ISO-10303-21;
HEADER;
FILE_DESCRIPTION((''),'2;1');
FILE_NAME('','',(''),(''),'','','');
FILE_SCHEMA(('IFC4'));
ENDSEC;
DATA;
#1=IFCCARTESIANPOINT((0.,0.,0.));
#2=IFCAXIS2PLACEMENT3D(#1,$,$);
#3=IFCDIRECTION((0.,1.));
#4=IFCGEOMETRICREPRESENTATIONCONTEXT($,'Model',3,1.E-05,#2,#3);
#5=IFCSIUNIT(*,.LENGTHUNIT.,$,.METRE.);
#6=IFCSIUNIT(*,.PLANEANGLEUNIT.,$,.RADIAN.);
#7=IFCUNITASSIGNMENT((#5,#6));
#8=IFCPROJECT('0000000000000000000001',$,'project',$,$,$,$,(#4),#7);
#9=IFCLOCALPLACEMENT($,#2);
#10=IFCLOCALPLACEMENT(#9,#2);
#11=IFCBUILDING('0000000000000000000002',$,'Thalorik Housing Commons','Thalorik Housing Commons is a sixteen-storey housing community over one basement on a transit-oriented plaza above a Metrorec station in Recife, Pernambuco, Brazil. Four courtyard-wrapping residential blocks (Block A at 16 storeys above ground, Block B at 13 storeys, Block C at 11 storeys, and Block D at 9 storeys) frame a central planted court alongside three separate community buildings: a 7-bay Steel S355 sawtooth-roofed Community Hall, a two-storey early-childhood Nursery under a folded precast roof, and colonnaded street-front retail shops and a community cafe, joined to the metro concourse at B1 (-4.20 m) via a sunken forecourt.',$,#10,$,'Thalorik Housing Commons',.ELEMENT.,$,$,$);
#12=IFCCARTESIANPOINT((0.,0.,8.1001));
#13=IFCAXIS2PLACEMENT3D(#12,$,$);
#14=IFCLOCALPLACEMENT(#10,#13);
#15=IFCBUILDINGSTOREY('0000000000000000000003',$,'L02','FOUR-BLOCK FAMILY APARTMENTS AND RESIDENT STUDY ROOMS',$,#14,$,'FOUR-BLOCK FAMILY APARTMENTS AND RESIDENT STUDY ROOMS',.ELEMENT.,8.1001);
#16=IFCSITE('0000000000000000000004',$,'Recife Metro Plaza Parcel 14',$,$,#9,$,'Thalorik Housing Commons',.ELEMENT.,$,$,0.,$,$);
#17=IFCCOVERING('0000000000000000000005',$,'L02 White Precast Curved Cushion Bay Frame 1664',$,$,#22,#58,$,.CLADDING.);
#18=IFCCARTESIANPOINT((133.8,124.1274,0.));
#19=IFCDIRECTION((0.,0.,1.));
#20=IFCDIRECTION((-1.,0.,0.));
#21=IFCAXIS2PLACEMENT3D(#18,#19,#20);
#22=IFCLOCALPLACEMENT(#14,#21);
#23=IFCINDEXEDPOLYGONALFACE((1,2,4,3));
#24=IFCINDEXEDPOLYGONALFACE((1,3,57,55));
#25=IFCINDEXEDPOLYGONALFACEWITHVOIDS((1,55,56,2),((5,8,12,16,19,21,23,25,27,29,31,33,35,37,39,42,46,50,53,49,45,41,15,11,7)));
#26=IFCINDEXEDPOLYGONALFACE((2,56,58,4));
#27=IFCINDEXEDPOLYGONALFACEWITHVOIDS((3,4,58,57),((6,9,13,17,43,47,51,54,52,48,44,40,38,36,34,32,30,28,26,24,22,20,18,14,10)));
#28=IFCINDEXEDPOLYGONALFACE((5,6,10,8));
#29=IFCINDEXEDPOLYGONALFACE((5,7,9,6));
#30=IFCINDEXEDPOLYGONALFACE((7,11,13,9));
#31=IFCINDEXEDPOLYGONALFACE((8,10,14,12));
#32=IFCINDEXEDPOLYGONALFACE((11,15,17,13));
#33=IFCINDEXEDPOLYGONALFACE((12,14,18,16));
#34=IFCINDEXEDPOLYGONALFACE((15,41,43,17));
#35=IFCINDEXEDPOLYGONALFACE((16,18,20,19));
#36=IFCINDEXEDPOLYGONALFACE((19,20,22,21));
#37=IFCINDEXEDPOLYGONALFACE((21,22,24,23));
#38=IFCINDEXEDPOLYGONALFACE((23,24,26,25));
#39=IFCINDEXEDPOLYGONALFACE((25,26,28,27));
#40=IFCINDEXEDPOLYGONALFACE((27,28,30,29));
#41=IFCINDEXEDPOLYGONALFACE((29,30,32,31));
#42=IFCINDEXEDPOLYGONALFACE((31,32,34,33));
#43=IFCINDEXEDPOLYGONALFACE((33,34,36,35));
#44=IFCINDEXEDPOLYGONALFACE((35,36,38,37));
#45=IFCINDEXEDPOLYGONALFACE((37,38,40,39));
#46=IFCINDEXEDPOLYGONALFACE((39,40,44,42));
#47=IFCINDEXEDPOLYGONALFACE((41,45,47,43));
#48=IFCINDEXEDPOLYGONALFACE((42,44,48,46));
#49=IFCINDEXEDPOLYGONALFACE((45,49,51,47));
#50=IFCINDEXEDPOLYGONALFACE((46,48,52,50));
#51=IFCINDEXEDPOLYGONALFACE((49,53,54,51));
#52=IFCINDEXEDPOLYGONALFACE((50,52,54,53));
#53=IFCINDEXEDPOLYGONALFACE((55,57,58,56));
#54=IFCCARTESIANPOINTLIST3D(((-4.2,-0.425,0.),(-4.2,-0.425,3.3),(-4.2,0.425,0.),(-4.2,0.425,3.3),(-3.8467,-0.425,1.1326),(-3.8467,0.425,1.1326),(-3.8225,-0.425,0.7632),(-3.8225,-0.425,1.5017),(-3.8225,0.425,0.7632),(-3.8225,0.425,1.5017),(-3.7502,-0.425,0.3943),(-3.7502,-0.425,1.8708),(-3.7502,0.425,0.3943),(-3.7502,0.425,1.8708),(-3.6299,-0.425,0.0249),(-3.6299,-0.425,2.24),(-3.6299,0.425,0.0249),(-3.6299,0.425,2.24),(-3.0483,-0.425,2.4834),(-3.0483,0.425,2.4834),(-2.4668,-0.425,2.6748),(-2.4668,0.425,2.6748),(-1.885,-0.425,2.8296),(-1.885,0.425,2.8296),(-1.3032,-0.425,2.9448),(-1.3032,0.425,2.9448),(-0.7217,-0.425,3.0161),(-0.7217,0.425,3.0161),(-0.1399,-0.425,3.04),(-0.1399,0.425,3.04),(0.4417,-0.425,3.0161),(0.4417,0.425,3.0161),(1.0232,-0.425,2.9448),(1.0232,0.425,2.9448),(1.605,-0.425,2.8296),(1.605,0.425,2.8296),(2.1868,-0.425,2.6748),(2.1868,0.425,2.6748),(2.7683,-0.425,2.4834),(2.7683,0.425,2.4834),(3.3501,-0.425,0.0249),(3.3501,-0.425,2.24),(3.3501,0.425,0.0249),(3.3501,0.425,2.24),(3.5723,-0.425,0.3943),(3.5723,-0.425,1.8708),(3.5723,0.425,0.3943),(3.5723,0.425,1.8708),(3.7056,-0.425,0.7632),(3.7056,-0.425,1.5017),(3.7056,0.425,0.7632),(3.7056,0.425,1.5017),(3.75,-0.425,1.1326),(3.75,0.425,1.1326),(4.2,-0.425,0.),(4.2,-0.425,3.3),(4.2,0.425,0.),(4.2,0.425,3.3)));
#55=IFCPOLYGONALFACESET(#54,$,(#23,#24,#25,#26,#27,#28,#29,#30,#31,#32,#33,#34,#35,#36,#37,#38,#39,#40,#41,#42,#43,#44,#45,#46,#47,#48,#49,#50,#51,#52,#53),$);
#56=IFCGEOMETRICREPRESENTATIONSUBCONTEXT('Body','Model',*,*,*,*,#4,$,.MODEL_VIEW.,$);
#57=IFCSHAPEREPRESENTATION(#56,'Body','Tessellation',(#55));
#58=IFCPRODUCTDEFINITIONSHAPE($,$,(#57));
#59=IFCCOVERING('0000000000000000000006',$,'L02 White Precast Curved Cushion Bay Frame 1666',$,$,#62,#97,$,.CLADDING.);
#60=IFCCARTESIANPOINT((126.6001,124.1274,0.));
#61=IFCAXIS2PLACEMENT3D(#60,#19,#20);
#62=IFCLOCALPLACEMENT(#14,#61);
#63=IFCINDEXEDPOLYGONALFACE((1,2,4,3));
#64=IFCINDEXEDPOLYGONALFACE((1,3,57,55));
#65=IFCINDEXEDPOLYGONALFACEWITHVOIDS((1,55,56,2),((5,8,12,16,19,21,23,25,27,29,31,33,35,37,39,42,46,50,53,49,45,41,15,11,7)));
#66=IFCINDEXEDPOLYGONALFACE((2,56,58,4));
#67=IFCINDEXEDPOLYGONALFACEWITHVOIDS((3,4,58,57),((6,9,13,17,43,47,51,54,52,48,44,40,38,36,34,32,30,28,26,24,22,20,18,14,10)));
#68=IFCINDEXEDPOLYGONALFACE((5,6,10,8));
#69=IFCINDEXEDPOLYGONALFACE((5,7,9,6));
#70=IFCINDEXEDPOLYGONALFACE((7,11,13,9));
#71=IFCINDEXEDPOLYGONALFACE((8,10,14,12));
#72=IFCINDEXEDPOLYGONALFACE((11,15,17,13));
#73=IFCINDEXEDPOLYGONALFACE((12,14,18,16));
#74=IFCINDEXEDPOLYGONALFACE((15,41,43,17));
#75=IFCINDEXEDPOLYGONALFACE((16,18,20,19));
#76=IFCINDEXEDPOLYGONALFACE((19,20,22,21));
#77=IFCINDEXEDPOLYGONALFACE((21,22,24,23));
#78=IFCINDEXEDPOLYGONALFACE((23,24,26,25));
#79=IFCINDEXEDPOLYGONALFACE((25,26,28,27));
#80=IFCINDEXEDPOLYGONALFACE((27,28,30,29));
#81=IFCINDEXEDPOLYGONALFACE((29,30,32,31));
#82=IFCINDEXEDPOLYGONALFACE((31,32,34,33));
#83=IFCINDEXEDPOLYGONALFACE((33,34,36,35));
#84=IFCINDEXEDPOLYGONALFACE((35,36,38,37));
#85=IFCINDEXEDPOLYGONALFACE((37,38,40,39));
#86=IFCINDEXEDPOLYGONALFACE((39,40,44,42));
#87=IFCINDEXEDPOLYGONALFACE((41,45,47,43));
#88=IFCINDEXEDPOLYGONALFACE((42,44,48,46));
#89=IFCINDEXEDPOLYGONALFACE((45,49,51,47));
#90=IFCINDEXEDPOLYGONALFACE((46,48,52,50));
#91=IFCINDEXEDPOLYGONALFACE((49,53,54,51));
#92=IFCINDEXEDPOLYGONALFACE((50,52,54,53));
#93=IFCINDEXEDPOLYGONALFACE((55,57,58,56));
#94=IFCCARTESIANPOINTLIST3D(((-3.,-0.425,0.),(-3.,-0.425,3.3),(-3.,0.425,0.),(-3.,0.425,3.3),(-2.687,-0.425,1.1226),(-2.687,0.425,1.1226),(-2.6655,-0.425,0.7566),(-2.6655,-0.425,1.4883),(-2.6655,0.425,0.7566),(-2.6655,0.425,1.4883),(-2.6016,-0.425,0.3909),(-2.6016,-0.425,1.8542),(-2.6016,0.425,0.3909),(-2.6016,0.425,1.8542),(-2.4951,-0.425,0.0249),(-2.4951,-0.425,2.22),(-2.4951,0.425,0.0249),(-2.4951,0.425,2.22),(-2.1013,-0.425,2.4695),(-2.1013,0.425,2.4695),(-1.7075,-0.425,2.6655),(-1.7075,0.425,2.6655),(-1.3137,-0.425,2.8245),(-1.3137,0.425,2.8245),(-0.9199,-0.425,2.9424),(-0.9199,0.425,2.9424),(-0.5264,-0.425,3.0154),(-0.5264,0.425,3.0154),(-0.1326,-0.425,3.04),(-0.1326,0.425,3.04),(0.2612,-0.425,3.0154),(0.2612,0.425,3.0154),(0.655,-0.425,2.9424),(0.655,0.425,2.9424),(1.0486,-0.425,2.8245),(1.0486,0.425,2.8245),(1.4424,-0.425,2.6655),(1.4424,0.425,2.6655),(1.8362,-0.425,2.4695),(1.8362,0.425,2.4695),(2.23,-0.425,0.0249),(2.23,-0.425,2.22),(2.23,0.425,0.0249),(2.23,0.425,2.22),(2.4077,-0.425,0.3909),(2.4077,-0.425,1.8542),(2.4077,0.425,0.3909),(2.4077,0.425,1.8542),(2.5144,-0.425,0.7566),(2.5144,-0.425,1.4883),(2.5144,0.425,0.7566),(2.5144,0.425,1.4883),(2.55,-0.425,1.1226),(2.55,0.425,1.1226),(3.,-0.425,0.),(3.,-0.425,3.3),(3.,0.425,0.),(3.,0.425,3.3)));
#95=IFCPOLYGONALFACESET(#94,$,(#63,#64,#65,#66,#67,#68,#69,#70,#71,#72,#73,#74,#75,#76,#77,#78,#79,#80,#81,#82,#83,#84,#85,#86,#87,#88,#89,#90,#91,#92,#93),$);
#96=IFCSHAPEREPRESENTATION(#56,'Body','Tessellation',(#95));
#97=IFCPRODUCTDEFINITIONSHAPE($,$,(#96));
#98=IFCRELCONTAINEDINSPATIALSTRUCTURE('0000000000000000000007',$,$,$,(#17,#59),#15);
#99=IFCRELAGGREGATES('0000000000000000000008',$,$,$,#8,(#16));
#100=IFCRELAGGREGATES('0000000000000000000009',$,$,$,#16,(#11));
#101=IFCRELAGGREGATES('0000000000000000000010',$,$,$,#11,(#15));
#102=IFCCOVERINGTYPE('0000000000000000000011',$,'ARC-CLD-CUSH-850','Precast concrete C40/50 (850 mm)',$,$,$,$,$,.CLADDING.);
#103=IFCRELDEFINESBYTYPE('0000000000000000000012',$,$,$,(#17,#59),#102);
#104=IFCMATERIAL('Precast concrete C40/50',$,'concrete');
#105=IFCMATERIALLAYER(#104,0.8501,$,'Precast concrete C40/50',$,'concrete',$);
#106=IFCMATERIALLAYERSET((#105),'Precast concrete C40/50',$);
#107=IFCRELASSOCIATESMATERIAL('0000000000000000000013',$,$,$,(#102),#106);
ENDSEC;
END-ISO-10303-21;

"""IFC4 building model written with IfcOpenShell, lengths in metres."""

from ifc_helpers import new_model, si_unit, direction, frame, origin, place, context, subcontext, project, spatial, polyline, outline, extrude, material, layer, layer_set, type_object, element, save


model = new_model("IFC4")

# Units and contexts
model_context = context("Model", 3, precision=1e-05, world=origin(), true_north=direction((0.0, 1.0)))
body_context = subcontext(model_context, "Body", "Model", "MODEL_VIEW")
ifc_project = project(units=[si_unit("LENGTHUNIT", "METRE"), si_unit("PLANEANGLEUNIT", "RADIAN")], contexts=[model_context])

# Site, building, storey
site_placement = place(None, origin())
site = spatial("IfcSite", under=ifc_project, at=site_placement, Name="Recife Metro Plaza Parcel 14", LongName="Thalorik Housing Commons", CompositionType="ELEMENT", RefElevation=0.0)
building_placement = place(site_placement, origin())
building = spatial("IfcBuilding", under=site, at=building_placement, Name="Thalorik Housing Commons", Description="Thalorik Housing Commons is a sixteen-storey housing community over one basement on a transit-oriented plaza above a Metrorec station in Recife, Pernambuco, Brazil. Four courtyard-wrapping residential blocks (Block A at 16 storeys above ground, Block B at 13 storeys, Block C at 11 storeys, and Block D at 9 storeys) frame a central planted court alongside three separate community buildings: a 7-bay Steel S355 sawtooth-roofed Community Hall, a two-storey early-childhood Nursery under a folded precast roof, and colonnaded street-front retail shops and a community cafe, joined to the metro concourse at B1 (-4.20 m) via a sunken forecourt.", LongName="Thalorik Housing Commons", CompositionType="ELEMENT")
storey_placement = place(building_placement, frame((0.0, 0.0, 8.1001)))
storey = spatial("IfcBuildingStorey", under=building, at=storey_placement, Name="L02", Description="FOUR-BLOCK FAMILY APARTMENTS AND RESIDENT STUDY ROOMS", LongName="FOUR-BLOCK FAMILY APARTMENTS AND RESIDENT STUDY ROOMS", CompositionType="ELEMENT", Elevation=8.1001)

# Shared definitions
ifc_material_1 = material(Name="Precast concrete C40/50", Category="concrete")

# Coverings
ifc_layer_1 = layer(ifc_material_1, 0.8501, Name="Precast concrete C40/50", Category="concrete")
ifc_layer_set_1 = layer_set([ifc_layer_1], Name="Precast concrete C40/50")
covering_type_1 = type_object("IfcCoveringType", Name="ARC-CLD-CUSH-850", Description="Precast concrete C40/50 (850 mm)", PredefinedType="CLADDING", material=ifc_layer_set_1)
covering_1_placement = place(storey_placement, frame((133.8, 124.1274, 0.0), z_axis=(0.0, 0.0, 1.0), x_axis=(-1.0, 0.0, 0.0)))
element("IfcCovering", 1, at=covering_1_placement, inside=storey, type_object=covering_type_1, Name="L02 White Precast Curved Cushion Bay Frame 1664", PredefinedType="CLADDING", context=body_context, shape_type="SweptSolid", body=[
    extrude(outline(polyline([(-4.2, 0.0), (4.2, 0.0), (4.2, 3.3), (-4.2, 3.3), (-4.2, 0.0)]), holes=[polyline([(3.3501, 0.0249), (3.5723, 0.3943), (3.7056, 0.7632), (3.75, 1.1326), (3.7056, 1.5017), (3.5723, 1.8708), (3.3501, 2.24), (2.7683, 2.4834), (2.1868, 2.6748), (1.605, 2.8296), (1.0232, 2.9448), (0.4417, 3.0161), (-0.1399, 3.04), (-0.7217, 3.0161), (-1.3032, 2.9448), (-1.885, 2.8296), (-2.4668, 2.6748), (-3.0483, 2.4834), (-3.6299, 2.24), (-3.7502, 1.8708), (-3.8225, 1.5017), (-3.8467, 1.1326), (-3.8225, 0.7632), (-3.7502, 0.3943), (-3.6299, 0.0249), (3.3501, 0.0249)])]), frame((0.0, 0.425, 0.0), z_axis=(0.0, -1.0, 0.0), x_axis=(1.0, 0.0, 0.0)), (0.0, 0.0, 1.0), 0.8501),
])
covering_2_placement = place(storey_placement, frame((126.6001, 124.1274, 0.0), z_axis=(0.0, 0.0, 1.0), x_axis=(-1.0, 0.0, 0.0)))
element("IfcCovering", 2, at=covering_2_placement, inside=storey, type_object=covering_type_1, Name="L02 White Precast Curved Cushion Bay Frame 1666", PredefinedType="CLADDING", context=body_context, shape_type="SweptSolid", body=[
    extrude(outline(polyline([(-3.0, 0.0), (3.0, 0.0), (3.0, 3.3), (-3.0, 3.3), (-3.0, 0.0)]), holes=[polyline([(2.23, 0.0249), (2.4077, 0.3909), (2.5144, 0.7566), (2.55, 1.1226), (2.5144, 1.4883), (2.4077, 1.8542), (2.23, 2.22), (1.8362, 2.4695), (1.4424, 2.6655), (1.0486, 2.8245), (0.655, 2.9424), (0.2612, 3.0154), (-0.1326, 3.04), (-0.5264, 3.0154), (-0.9199, 2.9424), (-1.3137, 2.8245), (-1.7075, 2.6655), (-2.1013, 2.4695), (-2.4951, 2.22), (-2.6016, 1.8542), (-2.6655, 1.4883), (-2.687, 1.1226), (-2.6655, 0.7566), (-2.6016, 0.3909), (-2.4951, 0.0249), (2.23, 0.0249)])]), frame((0.0, 0.425, 0.0), z_axis=(0.0, -1.0, 0.0), x_axis=(1.0, 0.0, 0.0)), (0.0, 0.0, 1.0), 0.8501),
])

save(model, "model.ifc")
